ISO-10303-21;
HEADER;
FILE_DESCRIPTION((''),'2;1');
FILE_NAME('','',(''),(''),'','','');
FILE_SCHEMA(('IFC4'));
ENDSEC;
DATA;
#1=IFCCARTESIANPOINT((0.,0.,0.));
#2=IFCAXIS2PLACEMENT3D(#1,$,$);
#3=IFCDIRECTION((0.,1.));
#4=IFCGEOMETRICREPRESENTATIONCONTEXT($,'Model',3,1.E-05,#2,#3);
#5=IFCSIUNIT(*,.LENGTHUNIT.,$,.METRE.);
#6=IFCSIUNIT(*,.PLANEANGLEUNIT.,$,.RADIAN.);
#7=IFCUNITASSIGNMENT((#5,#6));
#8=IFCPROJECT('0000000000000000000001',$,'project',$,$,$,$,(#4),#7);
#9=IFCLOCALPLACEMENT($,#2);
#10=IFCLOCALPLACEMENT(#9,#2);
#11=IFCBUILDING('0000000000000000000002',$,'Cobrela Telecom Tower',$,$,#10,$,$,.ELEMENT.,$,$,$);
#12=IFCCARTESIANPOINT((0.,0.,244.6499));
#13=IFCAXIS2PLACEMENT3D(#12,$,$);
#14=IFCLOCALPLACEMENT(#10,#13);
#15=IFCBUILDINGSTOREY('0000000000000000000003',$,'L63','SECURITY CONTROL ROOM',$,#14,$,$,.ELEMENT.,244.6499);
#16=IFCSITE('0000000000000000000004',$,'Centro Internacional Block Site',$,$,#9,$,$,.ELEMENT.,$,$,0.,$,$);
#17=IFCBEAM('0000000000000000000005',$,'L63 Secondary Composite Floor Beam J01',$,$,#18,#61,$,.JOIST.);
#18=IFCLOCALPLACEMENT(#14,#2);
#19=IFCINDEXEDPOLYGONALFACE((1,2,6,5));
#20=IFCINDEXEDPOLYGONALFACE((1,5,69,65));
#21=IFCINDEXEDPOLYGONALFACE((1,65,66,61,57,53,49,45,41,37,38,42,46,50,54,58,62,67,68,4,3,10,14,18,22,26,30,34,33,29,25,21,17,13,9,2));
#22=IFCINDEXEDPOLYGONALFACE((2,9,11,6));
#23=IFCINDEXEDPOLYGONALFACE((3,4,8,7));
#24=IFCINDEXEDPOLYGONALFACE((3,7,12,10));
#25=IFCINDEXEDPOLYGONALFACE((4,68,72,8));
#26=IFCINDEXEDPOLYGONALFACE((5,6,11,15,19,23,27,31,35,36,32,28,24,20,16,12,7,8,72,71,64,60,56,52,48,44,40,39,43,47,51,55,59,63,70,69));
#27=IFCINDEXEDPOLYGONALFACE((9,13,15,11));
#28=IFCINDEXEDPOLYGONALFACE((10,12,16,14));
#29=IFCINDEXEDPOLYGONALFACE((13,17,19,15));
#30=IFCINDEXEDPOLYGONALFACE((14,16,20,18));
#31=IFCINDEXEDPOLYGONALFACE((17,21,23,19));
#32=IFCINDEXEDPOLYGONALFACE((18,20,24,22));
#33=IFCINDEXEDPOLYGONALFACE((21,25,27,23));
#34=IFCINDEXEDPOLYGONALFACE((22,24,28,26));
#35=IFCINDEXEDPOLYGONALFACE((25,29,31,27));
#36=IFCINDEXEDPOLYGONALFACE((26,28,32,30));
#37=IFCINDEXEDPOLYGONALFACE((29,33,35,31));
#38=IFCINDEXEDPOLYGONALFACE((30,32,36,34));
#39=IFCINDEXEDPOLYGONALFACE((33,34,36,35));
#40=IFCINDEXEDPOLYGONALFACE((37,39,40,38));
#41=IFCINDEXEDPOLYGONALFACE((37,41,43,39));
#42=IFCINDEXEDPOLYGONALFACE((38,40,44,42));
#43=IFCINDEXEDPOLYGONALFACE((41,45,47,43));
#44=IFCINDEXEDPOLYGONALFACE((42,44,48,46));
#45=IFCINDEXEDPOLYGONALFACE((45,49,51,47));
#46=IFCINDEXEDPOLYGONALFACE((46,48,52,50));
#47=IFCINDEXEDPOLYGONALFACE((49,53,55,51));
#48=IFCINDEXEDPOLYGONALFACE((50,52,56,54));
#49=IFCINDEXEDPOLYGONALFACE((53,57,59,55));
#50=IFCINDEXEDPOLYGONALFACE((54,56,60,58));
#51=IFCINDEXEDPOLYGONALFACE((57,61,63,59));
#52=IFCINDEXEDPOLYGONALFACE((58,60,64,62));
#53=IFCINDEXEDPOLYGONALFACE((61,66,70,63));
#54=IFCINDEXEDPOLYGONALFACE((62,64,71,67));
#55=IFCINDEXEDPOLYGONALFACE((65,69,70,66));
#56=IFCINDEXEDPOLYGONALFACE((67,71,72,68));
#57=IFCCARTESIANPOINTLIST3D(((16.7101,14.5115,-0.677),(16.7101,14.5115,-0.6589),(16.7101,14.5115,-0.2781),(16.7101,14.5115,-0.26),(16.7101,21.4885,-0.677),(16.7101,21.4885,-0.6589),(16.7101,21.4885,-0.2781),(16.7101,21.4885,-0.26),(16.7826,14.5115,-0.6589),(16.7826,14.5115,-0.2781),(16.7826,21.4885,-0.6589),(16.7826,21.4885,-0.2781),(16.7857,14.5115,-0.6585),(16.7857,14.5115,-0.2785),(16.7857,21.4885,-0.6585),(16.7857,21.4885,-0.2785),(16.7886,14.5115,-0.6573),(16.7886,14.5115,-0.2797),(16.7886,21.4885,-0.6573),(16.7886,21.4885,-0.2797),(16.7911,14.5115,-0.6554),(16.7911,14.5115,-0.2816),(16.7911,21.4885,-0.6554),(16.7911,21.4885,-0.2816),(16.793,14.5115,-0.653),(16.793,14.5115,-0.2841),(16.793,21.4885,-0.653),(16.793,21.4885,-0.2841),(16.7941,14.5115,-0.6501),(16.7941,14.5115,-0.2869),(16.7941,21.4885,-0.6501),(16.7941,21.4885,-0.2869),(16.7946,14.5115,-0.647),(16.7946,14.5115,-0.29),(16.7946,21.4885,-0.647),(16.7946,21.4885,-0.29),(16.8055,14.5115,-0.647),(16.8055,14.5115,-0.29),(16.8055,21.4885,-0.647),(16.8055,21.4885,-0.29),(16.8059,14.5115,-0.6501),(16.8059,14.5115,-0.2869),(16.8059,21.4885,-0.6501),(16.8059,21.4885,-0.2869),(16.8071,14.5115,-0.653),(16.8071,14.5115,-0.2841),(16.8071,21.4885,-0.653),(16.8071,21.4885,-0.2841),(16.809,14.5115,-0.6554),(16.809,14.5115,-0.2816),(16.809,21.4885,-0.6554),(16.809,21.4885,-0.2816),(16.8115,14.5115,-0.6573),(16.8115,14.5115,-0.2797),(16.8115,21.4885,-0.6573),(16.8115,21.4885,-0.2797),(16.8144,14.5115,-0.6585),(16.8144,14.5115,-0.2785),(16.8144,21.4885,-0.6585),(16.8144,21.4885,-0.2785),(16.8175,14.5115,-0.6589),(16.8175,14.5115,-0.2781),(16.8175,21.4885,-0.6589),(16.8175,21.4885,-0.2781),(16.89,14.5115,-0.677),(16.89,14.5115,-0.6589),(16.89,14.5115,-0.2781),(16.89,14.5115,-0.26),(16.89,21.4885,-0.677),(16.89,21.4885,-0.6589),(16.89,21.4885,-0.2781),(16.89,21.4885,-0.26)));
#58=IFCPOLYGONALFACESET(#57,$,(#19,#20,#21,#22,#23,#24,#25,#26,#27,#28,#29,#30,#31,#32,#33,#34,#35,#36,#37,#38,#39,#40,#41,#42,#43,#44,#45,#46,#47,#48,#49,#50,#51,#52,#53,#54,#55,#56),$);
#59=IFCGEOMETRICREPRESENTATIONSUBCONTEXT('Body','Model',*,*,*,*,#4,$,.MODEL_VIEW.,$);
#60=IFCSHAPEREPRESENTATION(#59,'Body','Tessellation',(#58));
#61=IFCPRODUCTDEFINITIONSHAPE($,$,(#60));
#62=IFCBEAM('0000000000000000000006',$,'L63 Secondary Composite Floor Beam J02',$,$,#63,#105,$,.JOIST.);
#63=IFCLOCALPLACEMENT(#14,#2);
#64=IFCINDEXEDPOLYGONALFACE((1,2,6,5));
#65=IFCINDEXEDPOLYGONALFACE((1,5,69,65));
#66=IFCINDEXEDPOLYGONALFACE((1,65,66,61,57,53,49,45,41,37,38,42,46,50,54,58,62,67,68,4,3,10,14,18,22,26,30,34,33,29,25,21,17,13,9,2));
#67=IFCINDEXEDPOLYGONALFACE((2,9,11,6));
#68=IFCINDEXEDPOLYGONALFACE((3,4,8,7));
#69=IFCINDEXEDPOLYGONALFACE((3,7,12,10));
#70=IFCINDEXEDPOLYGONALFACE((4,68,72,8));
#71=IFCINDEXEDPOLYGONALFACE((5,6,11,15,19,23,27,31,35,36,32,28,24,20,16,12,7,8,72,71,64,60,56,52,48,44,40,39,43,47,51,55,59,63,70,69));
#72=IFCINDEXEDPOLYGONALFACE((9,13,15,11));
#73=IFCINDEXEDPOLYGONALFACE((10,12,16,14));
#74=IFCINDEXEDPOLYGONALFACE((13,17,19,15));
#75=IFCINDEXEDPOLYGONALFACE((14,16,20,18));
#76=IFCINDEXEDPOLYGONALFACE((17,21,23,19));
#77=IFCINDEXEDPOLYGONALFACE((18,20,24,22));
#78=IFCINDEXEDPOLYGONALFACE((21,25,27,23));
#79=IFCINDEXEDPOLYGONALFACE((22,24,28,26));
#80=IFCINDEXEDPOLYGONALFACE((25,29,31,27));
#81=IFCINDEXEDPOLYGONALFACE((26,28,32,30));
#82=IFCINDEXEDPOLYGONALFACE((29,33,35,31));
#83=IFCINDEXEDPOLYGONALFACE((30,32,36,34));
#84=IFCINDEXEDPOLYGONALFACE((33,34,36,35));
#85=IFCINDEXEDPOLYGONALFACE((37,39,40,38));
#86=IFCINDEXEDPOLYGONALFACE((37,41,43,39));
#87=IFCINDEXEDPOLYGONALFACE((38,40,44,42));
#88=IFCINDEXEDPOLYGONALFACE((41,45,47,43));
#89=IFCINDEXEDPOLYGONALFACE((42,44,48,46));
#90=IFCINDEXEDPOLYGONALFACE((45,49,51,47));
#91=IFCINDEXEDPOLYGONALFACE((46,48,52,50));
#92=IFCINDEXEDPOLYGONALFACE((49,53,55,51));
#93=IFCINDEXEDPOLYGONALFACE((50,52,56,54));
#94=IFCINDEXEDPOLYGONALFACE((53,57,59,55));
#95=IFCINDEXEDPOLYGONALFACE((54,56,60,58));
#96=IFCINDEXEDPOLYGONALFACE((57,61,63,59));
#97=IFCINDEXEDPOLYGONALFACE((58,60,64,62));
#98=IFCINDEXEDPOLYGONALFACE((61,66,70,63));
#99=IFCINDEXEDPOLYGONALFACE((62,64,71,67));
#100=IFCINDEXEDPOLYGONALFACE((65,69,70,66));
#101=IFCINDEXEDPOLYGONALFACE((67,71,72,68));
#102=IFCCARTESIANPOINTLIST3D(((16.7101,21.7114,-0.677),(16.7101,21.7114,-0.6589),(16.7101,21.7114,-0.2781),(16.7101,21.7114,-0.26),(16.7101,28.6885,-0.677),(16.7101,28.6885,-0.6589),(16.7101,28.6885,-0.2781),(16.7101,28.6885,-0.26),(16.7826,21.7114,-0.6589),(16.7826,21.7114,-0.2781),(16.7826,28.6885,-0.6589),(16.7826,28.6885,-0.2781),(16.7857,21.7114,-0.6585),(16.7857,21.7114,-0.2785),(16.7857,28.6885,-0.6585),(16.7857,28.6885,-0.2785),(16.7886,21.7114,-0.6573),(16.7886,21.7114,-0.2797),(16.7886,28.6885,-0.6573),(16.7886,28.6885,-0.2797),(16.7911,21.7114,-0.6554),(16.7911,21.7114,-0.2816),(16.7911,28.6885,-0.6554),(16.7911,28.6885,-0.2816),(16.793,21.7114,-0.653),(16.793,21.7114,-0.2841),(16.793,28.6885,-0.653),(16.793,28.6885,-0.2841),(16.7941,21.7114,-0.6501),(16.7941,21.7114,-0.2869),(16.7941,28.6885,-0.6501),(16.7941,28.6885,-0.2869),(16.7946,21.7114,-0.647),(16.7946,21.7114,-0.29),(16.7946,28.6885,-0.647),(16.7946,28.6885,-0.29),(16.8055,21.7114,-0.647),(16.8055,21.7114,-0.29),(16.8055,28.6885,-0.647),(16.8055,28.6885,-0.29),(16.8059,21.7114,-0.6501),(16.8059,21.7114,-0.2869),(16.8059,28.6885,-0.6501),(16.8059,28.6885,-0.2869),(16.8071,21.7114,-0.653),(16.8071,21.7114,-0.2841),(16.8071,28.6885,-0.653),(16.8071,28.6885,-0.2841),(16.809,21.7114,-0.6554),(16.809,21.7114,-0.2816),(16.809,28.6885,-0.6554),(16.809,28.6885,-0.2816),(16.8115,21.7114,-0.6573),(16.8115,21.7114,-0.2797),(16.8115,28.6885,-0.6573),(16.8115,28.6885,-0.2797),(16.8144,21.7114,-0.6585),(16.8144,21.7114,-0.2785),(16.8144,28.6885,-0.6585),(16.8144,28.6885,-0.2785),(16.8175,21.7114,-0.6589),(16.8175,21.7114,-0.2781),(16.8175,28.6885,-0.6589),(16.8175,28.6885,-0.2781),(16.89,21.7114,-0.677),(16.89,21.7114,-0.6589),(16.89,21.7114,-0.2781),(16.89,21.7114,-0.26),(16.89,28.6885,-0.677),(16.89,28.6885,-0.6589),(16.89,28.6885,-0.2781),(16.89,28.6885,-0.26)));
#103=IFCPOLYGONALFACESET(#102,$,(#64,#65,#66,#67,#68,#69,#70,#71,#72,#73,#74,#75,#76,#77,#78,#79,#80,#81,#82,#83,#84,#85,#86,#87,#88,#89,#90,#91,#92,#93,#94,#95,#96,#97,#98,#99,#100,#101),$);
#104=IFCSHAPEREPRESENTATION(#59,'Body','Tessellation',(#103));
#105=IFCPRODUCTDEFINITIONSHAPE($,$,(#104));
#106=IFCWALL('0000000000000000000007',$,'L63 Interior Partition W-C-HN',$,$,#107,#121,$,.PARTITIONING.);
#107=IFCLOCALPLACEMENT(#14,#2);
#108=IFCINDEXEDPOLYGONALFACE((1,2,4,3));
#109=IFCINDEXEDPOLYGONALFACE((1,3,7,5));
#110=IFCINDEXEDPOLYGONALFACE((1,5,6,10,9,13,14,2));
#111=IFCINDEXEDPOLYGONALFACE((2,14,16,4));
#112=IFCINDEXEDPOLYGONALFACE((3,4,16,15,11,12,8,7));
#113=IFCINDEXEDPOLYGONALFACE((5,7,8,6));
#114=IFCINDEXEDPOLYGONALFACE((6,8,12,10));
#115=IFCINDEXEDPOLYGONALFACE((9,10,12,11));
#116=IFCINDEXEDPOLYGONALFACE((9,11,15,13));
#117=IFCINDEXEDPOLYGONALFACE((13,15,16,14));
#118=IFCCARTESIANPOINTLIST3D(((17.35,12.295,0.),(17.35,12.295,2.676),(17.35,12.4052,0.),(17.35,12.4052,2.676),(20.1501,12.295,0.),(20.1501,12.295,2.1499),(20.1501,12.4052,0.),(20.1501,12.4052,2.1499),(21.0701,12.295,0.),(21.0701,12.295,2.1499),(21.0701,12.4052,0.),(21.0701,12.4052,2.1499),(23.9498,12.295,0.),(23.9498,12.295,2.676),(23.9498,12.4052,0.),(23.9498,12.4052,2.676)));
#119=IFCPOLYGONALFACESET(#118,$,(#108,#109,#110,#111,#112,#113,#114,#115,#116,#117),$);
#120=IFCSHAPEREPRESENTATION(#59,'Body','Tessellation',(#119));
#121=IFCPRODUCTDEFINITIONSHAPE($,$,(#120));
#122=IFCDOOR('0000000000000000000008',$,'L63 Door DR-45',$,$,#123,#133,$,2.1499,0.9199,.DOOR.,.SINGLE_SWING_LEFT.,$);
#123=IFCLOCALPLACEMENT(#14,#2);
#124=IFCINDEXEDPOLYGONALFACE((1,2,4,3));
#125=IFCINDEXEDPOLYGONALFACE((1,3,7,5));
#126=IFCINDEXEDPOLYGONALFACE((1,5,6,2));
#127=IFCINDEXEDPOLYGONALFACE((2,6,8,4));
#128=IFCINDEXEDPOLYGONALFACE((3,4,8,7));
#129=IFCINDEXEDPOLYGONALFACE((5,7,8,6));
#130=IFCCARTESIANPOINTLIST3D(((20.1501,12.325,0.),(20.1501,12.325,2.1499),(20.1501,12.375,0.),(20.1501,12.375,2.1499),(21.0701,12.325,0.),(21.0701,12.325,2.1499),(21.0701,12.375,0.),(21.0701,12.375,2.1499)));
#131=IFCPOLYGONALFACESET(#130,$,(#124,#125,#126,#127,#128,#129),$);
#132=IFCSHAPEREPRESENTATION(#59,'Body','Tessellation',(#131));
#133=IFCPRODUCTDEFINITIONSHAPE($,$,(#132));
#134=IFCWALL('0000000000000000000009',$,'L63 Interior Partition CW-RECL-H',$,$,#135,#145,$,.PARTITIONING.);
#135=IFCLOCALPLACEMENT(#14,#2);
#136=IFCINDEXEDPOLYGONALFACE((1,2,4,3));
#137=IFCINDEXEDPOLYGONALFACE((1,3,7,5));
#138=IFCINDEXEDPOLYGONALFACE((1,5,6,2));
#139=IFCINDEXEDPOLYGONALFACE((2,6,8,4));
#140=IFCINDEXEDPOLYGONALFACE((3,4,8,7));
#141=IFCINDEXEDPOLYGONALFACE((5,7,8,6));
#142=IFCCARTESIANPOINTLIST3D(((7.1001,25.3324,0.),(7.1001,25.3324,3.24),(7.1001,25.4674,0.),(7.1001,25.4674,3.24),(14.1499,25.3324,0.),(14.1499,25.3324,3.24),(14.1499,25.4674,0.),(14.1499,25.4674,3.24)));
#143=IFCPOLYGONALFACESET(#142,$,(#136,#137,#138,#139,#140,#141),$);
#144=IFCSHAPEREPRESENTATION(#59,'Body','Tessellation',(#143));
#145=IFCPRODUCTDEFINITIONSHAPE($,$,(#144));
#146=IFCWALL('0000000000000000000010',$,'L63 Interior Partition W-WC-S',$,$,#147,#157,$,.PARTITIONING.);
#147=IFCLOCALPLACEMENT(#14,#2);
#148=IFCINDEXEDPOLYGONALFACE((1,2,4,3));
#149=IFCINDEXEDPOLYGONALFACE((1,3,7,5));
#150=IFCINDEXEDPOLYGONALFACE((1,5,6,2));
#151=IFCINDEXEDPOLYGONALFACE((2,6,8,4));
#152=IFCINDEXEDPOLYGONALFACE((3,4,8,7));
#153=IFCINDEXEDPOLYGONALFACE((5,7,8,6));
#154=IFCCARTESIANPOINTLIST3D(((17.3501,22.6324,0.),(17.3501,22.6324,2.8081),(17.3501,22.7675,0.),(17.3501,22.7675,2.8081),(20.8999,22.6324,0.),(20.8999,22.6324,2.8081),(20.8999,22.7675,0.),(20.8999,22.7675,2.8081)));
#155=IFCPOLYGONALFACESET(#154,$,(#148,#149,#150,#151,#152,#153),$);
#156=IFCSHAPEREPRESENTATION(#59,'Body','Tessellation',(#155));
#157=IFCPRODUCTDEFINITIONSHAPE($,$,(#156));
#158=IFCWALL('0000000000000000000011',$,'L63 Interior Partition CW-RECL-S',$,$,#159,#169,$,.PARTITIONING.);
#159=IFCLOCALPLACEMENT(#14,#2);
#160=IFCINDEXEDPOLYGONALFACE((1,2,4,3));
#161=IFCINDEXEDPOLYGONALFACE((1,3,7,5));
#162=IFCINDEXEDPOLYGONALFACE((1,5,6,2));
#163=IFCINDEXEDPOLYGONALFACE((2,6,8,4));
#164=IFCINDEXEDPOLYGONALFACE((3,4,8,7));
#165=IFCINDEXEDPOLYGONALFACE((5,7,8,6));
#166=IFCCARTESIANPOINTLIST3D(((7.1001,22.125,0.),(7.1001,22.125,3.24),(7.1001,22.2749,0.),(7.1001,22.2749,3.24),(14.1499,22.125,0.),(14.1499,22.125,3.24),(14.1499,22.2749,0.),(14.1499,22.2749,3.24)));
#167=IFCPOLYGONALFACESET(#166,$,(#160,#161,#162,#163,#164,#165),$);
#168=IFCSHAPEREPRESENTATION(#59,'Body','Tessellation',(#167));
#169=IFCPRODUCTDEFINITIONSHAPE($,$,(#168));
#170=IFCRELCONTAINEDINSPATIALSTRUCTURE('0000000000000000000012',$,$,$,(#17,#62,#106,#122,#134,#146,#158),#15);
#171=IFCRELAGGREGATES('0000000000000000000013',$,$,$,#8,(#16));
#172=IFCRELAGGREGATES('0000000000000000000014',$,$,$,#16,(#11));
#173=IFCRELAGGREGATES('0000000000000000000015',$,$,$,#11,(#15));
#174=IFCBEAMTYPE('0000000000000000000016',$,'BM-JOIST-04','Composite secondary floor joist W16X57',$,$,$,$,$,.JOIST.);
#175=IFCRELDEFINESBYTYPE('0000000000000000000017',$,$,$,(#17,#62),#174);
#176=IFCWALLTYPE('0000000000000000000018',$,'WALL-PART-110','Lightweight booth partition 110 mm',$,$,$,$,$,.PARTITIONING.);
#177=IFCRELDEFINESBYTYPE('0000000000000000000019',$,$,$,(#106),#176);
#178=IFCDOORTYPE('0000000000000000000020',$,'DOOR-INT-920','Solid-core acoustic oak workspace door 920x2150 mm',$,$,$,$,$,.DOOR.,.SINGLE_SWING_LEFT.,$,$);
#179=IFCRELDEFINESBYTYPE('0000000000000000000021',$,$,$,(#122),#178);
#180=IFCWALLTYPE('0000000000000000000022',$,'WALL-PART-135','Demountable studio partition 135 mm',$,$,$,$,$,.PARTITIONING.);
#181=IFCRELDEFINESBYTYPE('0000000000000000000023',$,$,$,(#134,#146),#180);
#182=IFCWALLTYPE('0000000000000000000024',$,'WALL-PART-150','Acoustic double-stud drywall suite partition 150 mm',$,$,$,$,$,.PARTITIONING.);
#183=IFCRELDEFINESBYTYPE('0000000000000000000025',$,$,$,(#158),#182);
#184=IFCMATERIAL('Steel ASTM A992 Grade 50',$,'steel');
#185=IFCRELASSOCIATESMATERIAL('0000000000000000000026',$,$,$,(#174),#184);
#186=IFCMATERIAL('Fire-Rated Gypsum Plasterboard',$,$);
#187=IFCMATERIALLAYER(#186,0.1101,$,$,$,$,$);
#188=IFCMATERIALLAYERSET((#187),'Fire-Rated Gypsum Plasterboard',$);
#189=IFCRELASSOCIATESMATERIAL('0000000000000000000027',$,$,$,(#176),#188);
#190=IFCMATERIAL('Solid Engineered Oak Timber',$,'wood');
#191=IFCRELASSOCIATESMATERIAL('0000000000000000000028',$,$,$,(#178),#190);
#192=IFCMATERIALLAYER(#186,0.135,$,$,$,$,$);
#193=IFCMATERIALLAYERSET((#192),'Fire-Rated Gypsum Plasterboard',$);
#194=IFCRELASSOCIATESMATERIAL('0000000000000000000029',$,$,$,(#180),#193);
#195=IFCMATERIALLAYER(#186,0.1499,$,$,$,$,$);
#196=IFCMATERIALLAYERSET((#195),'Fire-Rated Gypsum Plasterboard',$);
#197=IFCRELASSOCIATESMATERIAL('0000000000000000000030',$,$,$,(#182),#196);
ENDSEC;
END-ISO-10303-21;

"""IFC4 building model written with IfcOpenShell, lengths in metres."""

from ifc_helpers import new_model, si_unit, direction, frame, frame_2d, origin, origin_2d, place, context, subcontext, project, spatial, rectangle, i_section, extrude, material, layer, layer_set, material_profile, profile_set, type_object, element, fill, save


model = new_model("IFC4")

# Units and contexts
model_context = context("Model", 3, precision=1e-05, world=origin(), true_north=direction((0.0, 1.0)))
body_context = subcontext(model_context, "Body", "Model", "MODEL_VIEW")
ifc_project = project(units=[si_unit("LENGTHUNIT", "METRE"), si_unit("PLANEANGLEUNIT", "RADIAN")], contexts=[model_context])

# Site, building, storey
site_placement = place(None, origin())
site = spatial("IfcSite", under=ifc_project, at=site_placement, Name="Centro Internacional Block Site", CompositionType="ELEMENT", RefElevation=0.0)
building_placement = place(site_placement, origin())
building = spatial("IfcBuilding", under=site, at=building_placement, Name="Cobrela Telecom Tower", CompositionType="ELEMENT")
storey_placement = place(building_placement, frame((0.0, 0.0, 244.6499)))
storey = spatial("IfcBuildingStorey", under=building, at=storey_placement, Name="L63", Description="SECURITY CONTROL ROOM", CompositionType="ELEMENT", Elevation=244.6499)

# Beams
ifc_material_1 = material(Name="Steel ASTM A992 Grade 50", Category="steel")
ifc_material_profile_1 = material_profile(ifc_material_1, i_section(OverallWidth=0.1799, OverallDepth=0.417, WebThickness=0.011, FlangeThickness=0.0181, FilletRadius=0.012, at=origin_2d()), Name="W16X57")
ifc_profile_set_1 = profile_set([ifc_material_profile_1], Name="Steel ASTM A992 Grade 50")
beam_type_1 = type_object("IfcBeamType", Name="BM-JOIST-04", Description="Composite secondary floor joist W16X57", PredefinedType="JOIST", material=ifc_profile_set_1)
for number, where, z_axis, x_axis, name in (
    (1, (16.8, 14.5115, -0.4685), (0.0, 1.0, 0.0), (-1.0, 0.0, 0.0), "L63 Secondary Composite Floor Beam J01"),
    (2, (16.8, 21.7114, -0.4685), (0.0, 1.0, 0.0), (-1.0, 0.0, 0.0), "L63 Secondary Composite Floor Beam J02"),
):
    element("IfcBeam", number, at=place(storey_placement, frame(where, z_axis=z_axis, x_axis=x_axis)), inside=storey, type_object=beam_type_1, Name=name, PredefinedType="JOIST", context=body_context, shape_type="SweptSolid", body=[
        extrude(i_section(OverallWidth=0.1799, OverallDepth=0.417, WebThickness=0.011, FlangeThickness=0.0181, FilletRadius=0.012, at=origin_2d()), origin(), (0.0, 0.0, 1.0), 6.9771),
    ])

# Wall, opening, door
ifc_material_2 = material(Name="Fire-Rated Gypsum Plasterboard")
ifc_layer_1 = layer(ifc_material_2, 0.1101)
ifc_layer_set_1 = layer_set([ifc_layer_1], Name="Fire-Rated Gypsum Plasterboard")
wall_type_1 = type_object("IfcWallType", Name="WALL-PART-110", Description="Lightweight booth partition 110 mm", PredefinedType="PARTITIONING", material=ifc_layer_set_1)
wall_1_placement = place(storey_placement, frame((17.3501, 12.3501, 0.0), z_axis=(0.0, 0.0, 1.0), x_axis=(1.0, 0.0, 0.0)))
wall_1 = element("IfcWall", 3, at=wall_1_placement, inside=storey, type_object=wall_type_1, Name="L63 Interior Partition W-C-HN", PredefinedType="PARTITIONING", context=body_context, shape_type="SweptSolid", body=[
    extrude(rectangle(XDim=6.5999, YDim=0.1101, at=frame_2d((3.2998, 0.0))), origin(), (0.0, 0.0, 1.0), 2.676),
])
opening_1_placement = place(wall_1_placement, frame((2.8, 0.0, 0.0)))
opening_1 = element("IfcOpeningElement", 4, at=opening_1_placement, cuts=wall_1, PredefinedType="OPENING", context=body_context, shape_type="SweptSolid", body=[
    extrude(rectangle(XDim=0.9199, YDim=2.1499, at=frame_2d((0.46, 1.075))), frame((0.0, 0.0669, 0.0), z_axis=(0.0, -1.0, 0.0), x_axis=(1.0, 0.0, 0.0)), (0.0, 0.0, 1.0), 0.134),
])
ifc_material_3 = material(Name="Solid Engineered Oak Timber", Category="wood")
door_type_1 = type_object("IfcDoorType", Name="DOOR-INT-920", Description="Solid-core acoustic oak workspace door 920x2150 mm", OperationType="SINGLE_SWING_LEFT", PredefinedType="DOOR", material=ifc_material_3)
door_1_placement = place(opening_1_placement, origin())
door_1 = element("IfcDoor", 5, at=door_1_placement, inside=storey, type_object=door_type_1, Name="L63 Door DR-45", OperationType="SINGLE_SWING_LEFT", OverallHeight=2.1499, OverallWidth=0.9199, PredefinedType="DOOR", context=body_context, shape_type="SweptSolid", body=[
    extrude(rectangle(XDim=0.9199, YDim=2.1499, at=frame_2d((0.46, 1.075))), frame((0.0, 0.0249, 0.0), z_axis=(0.0, -1.0, 0.0), x_axis=(1.0, 0.0, 0.0)), (0.0, 0.0, 1.0), 0.05),
])
fill(opening_1, door_1)

# Walls
ifc_layer_2 = layer(ifc_material_2, 0.135)
ifc_layer_set_2 = layer_set([ifc_layer_2], Name="Fire-Rated Gypsum Plasterboard")
wall_type_2 = type_object("IfcWallType", Name="WALL-PART-135", Description="Demountable studio partition 135 mm", PredefinedType="PARTITIONING", material=ifc_layer_set_2)
wall_2_placement = place(storey_placement, frame((7.1001, 25.3999, 0.0), z_axis=(0.0, 0.0, 1.0), x_axis=(1.0, 0.0, 0.0)))
element("IfcWall", 6, at=wall_2_placement, inside=storey, type_object=wall_type_2, Name="L63 Interior Partition CW-RECL-H", PredefinedType="PARTITIONING", context=body_context, shape_type="SweptSolid", body=[
    extrude(rectangle(XDim=7.0498, YDim=0.135, at=frame_2d((3.5249, 0.0))), origin(), (0.0, 0.0, 1.0), 3.24),
])
wall_3_placement = place(storey_placement, frame((17.3501, 22.7, 0.0), z_axis=(0.0, 0.0, 1.0), x_axis=(1.0, 0.0, 0.0)))
element("IfcWall", 7, at=wall_3_placement, inside=storey, type_object=wall_type_2, Name="L63 Interior Partition W-WC-S", PredefinedType="PARTITIONING", context=body_context, shape_type="SweptSolid", body=[
    extrude(rectangle(XDim=3.5498, YDim=0.135, at=frame_2d((1.7749, 0.0))), origin(), (0.0, 0.0, 1.0), 2.8081),
])
ifc_layer_3 = layer(ifc_material_2, 0.1499)
ifc_layer_set_3 = layer_set([ifc_layer_3], Name="Fire-Rated Gypsum Plasterboard")
wall_type_3 = type_object("IfcWallType", Name="WALL-PART-150", Description="Acoustic double-stud drywall suite partition 150 mm", PredefinedType="PARTITIONING", material=ifc_layer_set_3)
wall_4_placement = place(storey_placement, frame((7.1001, 22.2, 0.0), z_axis=(0.0, 0.0, 1.0), x_axis=(1.0, 0.0, 0.0)))
element("IfcWall", 8, at=wall_4_placement, inside=storey, type_object=wall_type_3, Name="L63 Interior Partition CW-RECL-S", PredefinedType="PARTITIONING", context=body_context, shape_type="SweptSolid", body=[
    extrude(rectangle(XDim=7.0498, YDim=0.1499, at=frame_2d((3.5249, 0.0))), origin(), (0.0, 0.0, 1.0), 3.24),
])

save(model, "model.ifc")
